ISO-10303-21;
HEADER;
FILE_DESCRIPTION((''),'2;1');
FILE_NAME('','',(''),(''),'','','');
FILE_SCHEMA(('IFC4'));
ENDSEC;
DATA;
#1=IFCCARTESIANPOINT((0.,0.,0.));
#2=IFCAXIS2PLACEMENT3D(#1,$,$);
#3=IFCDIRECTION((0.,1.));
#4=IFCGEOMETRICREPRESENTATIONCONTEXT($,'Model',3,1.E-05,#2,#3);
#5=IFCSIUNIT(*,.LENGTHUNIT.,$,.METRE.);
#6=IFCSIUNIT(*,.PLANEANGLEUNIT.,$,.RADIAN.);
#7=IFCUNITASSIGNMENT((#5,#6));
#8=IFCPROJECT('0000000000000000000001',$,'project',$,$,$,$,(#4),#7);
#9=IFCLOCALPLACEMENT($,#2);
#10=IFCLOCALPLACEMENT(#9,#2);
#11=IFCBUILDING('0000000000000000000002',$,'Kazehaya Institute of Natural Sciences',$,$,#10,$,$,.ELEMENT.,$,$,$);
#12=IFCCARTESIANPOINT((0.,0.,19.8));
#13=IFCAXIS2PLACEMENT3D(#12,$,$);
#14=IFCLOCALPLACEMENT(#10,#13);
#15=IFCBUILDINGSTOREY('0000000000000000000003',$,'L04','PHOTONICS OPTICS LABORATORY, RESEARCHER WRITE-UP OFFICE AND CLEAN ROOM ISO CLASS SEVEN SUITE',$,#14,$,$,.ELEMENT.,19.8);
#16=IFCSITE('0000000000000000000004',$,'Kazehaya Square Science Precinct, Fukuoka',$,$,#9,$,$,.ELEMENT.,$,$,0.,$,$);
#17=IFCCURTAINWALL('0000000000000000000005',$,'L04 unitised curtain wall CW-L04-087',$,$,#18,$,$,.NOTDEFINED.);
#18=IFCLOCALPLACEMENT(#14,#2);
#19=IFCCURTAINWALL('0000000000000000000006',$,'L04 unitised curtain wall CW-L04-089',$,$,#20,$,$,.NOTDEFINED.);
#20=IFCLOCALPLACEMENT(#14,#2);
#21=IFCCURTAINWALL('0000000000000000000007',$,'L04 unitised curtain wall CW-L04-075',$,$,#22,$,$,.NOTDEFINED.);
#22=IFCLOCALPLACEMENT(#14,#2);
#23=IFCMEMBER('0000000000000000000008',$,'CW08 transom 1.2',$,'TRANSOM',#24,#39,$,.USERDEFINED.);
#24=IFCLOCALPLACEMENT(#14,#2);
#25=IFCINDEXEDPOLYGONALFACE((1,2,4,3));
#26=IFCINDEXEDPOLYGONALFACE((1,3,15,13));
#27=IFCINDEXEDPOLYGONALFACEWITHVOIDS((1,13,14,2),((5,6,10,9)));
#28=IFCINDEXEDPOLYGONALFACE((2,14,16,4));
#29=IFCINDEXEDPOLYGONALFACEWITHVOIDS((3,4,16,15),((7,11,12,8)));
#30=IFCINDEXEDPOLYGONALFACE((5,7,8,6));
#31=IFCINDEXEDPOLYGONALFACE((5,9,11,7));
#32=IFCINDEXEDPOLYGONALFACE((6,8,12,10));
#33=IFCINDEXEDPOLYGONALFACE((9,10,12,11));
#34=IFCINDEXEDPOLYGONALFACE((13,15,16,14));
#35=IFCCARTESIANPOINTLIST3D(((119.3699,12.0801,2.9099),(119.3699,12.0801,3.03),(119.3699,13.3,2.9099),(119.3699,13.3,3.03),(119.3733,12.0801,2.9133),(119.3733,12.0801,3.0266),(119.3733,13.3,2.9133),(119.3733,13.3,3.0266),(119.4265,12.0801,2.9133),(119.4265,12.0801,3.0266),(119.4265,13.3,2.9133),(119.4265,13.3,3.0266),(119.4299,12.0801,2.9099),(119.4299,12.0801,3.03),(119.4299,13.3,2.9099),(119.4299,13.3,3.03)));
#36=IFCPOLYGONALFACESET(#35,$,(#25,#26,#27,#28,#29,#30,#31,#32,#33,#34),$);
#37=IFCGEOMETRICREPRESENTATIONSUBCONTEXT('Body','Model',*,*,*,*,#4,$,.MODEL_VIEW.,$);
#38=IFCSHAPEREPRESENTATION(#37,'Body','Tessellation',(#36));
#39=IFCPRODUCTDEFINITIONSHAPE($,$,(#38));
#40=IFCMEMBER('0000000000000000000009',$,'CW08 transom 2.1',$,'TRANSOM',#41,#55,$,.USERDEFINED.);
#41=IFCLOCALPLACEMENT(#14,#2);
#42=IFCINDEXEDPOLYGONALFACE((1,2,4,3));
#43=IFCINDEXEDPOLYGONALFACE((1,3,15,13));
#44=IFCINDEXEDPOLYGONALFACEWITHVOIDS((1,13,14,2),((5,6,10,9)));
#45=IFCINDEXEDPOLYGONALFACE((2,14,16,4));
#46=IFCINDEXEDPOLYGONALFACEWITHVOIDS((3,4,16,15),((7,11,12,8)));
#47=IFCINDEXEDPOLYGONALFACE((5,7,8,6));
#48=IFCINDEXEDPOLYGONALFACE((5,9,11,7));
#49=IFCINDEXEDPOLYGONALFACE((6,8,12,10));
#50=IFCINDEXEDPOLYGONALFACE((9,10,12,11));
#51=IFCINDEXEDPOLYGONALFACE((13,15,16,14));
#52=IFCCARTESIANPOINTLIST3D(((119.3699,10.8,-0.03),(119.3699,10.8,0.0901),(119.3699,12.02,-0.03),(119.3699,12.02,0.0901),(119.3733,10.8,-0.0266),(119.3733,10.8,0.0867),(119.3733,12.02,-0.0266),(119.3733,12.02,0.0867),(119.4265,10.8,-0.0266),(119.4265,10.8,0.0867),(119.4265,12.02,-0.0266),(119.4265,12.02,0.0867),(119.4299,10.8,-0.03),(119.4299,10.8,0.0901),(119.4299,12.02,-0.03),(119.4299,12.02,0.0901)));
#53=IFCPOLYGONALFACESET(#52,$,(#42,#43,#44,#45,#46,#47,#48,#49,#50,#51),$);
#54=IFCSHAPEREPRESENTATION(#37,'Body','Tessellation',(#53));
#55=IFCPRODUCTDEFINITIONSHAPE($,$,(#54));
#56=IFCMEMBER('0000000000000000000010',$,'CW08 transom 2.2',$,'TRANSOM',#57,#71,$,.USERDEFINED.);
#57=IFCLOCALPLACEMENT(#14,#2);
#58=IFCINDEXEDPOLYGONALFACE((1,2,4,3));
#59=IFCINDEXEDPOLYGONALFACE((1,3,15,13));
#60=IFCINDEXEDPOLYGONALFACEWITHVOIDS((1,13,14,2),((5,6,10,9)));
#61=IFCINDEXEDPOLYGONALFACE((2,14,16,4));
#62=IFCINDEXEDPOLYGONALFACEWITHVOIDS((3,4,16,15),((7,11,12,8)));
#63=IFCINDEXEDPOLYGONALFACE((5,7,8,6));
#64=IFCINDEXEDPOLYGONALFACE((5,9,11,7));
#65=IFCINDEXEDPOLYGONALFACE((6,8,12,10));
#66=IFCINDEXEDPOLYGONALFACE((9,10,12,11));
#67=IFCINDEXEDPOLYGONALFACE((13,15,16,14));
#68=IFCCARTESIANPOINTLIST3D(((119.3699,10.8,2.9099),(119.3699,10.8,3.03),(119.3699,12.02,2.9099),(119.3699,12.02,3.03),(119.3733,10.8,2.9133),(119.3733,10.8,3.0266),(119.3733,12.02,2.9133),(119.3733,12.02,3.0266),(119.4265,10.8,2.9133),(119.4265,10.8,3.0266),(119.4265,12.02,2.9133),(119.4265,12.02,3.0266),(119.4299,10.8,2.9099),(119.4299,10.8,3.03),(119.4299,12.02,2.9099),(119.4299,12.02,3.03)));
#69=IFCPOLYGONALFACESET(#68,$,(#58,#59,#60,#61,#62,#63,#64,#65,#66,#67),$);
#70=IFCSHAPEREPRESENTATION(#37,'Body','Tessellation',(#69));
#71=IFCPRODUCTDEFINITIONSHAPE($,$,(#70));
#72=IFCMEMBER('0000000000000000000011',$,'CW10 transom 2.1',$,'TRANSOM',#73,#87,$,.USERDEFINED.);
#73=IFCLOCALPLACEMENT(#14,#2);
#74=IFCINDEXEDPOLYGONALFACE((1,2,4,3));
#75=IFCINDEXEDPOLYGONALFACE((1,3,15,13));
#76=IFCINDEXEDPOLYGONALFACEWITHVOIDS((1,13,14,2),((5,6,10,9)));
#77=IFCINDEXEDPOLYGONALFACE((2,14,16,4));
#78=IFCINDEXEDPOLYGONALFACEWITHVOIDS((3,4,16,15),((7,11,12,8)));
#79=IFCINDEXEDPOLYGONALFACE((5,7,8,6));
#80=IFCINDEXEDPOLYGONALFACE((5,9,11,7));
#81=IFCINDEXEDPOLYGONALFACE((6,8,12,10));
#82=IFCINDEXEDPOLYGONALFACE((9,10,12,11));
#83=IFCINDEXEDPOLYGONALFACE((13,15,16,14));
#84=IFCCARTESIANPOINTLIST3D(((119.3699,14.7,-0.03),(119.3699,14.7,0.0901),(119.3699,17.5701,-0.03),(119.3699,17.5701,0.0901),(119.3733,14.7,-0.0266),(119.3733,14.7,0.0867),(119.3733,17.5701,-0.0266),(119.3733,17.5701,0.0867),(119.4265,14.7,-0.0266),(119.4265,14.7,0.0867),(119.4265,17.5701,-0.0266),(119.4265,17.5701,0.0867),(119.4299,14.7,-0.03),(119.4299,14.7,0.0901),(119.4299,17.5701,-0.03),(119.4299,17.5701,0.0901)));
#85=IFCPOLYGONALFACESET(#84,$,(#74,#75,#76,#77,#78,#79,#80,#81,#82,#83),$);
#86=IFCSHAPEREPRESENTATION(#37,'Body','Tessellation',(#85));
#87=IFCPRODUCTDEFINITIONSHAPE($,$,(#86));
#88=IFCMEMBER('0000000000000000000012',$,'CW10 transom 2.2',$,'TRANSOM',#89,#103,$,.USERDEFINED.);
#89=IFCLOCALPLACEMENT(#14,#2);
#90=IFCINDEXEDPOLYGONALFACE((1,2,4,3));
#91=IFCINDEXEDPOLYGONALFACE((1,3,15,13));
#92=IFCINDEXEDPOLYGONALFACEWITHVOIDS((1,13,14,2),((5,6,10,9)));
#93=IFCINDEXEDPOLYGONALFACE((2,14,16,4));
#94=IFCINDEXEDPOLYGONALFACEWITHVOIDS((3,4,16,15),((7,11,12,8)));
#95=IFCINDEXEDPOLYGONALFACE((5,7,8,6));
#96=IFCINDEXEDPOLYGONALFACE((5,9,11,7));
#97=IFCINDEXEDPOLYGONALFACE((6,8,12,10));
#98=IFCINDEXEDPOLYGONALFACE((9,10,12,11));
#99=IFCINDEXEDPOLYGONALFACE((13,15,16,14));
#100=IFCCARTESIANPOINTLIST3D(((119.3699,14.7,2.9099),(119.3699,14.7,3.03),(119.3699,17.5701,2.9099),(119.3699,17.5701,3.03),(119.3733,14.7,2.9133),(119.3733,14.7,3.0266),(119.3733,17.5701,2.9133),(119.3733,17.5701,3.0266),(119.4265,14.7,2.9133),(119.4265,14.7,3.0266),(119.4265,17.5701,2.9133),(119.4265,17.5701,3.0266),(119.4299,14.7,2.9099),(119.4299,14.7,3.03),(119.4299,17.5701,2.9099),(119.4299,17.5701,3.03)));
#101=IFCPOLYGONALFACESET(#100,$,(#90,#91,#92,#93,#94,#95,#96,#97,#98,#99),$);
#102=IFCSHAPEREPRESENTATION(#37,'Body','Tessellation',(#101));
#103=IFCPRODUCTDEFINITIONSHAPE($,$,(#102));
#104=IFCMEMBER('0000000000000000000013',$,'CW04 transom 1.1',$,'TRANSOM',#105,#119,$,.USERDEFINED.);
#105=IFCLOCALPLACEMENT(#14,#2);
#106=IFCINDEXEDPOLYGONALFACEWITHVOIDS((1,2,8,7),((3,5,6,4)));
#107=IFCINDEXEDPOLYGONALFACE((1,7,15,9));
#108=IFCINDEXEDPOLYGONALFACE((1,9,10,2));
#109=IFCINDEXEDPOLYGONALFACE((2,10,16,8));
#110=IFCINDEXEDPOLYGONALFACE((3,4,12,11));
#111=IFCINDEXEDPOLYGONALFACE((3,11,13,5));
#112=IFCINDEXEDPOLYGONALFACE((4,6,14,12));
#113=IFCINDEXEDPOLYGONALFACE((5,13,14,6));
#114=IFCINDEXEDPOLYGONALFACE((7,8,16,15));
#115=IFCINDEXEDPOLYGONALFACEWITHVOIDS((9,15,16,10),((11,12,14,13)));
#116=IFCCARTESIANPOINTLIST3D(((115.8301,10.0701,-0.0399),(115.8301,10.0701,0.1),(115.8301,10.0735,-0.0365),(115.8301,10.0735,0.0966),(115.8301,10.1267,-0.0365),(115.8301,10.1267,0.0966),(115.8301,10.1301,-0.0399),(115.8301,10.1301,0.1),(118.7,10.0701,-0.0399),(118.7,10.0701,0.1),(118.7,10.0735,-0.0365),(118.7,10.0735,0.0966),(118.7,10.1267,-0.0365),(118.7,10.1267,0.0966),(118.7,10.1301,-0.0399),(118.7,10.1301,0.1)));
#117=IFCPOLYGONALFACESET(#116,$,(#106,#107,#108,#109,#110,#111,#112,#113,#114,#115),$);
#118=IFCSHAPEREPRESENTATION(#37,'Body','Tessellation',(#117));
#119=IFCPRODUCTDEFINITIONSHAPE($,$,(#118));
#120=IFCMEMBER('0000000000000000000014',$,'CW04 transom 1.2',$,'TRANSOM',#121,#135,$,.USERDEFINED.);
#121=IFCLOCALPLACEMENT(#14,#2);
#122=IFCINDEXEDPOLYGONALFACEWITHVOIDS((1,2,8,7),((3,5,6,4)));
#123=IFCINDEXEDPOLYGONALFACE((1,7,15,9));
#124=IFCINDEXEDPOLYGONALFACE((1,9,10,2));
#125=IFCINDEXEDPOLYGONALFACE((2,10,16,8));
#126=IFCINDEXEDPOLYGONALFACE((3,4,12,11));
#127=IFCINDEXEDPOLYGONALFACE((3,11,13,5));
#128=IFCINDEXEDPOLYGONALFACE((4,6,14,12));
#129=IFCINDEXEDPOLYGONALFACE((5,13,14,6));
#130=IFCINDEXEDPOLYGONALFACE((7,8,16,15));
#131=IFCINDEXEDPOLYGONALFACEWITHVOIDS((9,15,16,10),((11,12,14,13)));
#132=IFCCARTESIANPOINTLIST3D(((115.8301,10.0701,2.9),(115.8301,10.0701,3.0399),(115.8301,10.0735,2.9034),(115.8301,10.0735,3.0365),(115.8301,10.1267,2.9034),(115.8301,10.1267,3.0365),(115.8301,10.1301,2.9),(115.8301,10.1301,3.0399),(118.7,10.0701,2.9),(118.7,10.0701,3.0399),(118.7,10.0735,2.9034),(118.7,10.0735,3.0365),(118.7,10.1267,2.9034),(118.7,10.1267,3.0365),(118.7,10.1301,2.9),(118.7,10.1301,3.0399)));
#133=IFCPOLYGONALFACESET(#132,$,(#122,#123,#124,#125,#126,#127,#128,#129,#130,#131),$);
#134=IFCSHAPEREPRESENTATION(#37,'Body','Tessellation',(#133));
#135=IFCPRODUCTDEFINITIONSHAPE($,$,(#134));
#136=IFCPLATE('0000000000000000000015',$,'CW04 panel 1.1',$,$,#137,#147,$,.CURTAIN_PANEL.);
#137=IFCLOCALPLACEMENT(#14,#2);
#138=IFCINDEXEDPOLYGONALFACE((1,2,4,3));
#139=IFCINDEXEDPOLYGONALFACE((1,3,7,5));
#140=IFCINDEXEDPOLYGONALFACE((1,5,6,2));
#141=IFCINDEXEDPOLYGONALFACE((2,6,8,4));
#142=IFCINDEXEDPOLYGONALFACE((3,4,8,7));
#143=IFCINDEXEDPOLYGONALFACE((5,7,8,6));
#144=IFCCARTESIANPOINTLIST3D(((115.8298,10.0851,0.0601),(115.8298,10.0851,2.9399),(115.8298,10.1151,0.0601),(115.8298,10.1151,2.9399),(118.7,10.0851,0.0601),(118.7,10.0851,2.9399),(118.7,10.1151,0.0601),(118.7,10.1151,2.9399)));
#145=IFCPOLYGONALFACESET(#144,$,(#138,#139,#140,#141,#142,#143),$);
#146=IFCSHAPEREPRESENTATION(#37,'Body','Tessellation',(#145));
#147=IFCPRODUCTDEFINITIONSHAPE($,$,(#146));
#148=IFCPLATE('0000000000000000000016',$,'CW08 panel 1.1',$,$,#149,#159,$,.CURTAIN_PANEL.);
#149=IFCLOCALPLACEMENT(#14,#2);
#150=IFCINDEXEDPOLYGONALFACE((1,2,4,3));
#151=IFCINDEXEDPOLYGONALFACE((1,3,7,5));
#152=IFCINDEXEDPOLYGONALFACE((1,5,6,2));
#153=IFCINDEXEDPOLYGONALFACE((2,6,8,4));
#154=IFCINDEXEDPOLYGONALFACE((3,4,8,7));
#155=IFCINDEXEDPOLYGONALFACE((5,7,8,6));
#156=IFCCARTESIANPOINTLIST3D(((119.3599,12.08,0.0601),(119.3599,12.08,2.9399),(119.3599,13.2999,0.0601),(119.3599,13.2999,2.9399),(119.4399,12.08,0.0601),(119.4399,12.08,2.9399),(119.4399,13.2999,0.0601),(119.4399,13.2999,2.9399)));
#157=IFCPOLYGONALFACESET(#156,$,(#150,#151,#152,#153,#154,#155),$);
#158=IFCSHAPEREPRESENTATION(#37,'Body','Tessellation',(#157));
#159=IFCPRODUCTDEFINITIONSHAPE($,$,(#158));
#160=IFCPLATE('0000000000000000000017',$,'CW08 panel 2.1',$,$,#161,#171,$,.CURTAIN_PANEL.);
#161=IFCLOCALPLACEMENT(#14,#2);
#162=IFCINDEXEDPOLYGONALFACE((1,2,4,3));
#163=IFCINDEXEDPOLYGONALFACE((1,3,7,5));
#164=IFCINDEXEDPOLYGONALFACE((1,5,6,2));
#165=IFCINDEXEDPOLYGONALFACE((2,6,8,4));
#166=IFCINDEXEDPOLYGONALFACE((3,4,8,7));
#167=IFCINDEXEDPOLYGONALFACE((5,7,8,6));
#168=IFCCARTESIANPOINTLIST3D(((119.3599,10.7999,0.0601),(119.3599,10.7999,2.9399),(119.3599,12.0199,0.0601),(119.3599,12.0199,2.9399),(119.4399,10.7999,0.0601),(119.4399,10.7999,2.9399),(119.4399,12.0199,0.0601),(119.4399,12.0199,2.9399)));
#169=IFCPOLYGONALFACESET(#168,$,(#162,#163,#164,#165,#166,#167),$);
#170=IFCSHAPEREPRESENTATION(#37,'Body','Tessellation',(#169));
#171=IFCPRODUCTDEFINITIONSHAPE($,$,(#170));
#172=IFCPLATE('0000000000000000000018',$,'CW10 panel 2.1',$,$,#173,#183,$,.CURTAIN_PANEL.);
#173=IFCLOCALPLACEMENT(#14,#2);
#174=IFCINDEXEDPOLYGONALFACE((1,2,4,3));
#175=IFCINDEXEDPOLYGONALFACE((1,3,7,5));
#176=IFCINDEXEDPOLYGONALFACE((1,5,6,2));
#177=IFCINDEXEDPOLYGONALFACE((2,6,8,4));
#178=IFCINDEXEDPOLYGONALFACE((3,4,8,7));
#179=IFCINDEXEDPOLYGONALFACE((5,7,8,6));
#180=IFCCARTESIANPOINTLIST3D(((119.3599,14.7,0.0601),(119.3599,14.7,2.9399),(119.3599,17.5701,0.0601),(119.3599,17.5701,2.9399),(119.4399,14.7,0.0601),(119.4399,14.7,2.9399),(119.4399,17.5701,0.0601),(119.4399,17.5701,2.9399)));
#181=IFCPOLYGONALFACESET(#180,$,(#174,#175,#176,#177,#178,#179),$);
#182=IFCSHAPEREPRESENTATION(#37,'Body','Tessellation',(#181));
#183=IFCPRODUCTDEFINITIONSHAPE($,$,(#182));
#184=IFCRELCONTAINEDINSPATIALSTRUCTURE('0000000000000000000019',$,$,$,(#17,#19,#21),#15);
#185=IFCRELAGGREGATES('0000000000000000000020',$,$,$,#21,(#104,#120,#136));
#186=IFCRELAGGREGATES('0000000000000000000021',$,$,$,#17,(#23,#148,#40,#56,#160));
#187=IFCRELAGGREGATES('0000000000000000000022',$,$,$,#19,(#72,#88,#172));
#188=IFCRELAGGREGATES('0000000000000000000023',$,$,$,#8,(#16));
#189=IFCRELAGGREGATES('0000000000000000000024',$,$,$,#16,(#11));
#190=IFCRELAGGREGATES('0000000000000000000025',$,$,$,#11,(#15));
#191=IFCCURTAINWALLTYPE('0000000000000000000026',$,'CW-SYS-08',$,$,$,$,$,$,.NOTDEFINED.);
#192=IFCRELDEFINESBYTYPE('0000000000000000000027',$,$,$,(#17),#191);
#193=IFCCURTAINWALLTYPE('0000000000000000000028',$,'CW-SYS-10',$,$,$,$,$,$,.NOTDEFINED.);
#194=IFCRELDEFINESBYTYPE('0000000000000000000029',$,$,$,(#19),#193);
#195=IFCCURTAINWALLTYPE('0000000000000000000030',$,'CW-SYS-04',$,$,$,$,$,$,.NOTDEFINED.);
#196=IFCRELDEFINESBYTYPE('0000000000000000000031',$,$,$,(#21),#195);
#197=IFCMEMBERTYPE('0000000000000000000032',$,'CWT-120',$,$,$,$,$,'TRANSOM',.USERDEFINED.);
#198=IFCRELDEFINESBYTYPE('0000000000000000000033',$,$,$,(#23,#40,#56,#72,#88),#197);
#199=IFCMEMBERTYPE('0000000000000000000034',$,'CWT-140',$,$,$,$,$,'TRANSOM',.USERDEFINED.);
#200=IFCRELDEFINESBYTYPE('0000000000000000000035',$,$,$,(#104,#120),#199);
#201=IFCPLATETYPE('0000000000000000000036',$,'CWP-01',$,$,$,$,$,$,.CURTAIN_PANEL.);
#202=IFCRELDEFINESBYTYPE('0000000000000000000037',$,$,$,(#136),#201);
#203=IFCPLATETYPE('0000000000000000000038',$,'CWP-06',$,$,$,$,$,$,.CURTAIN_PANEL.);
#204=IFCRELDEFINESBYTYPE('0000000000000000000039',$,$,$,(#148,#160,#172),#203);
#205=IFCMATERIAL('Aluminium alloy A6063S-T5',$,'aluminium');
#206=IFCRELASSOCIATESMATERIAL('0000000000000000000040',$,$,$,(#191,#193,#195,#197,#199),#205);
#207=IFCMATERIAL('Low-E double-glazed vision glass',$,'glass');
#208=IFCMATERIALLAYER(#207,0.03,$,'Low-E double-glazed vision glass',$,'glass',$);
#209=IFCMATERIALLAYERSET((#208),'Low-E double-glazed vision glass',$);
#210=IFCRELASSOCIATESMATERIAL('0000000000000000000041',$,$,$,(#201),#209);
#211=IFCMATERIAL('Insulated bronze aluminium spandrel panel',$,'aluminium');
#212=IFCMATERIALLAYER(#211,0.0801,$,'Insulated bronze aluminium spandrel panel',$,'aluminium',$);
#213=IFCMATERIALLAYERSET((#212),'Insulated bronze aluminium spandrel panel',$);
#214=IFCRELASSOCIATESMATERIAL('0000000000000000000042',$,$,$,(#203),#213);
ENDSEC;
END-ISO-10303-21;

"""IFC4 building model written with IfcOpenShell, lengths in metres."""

from ifc_helpers import new_model, si_unit, direction, frame, origin, origin_2d, place, context, subcontext, project, spatial, rectangle, hollow_rectangle, extrude, material, layer, layer_set, material_profile, profile_set, type_object, element, aggregate, save


model = new_model("IFC4")

# Units and contexts
model_context = context("Model", 3, precision=1e-05, world=origin(), true_north=direction((0.0, 1.0)))
body_context = subcontext(model_context, "Body", "Model", "MODEL_VIEW")
ifc_project = project(units=[si_unit("LENGTHUNIT", "METRE"), si_unit("PLANEANGLEUNIT", "RADIAN")], contexts=[model_context])

# Site, building, storey
site_placement = place(None, origin())
site = spatial("IfcSite", under=ifc_project, at=site_placement, Name="Kazehaya Square Science Precinct, Fukuoka", CompositionType="ELEMENT", RefElevation=0.0)
building_placement = place(site_placement, origin())
building = spatial("IfcBuilding", under=site, at=building_placement, Name="Kazehaya Institute of Natural Sciences", CompositionType="ELEMENT")
storey_placement = place(building_placement, frame((0.0, 0.0, 19.8)))
storey = spatial("IfcBuildingStorey", under=building, at=storey_placement, Name="L04", Description="PHOTONICS OPTICS LABORATORY, RESEARCHER WRITE-UP OFFICE AND CLEAN ROOM ISO CLASS SEVEN SUITE", CompositionType="ELEMENT", Elevation=19.8)

# Curtain wall
ifc_material_1 = material(Name="Aluminium alloy A6063S-T5", Category="aluminium")
curtain_wall_type_1 = type_object("IfcCurtainWallType", Name="CW-SYS-08", PredefinedType="NOTDEFINED", material=ifc_material_1)
curtain_wall_1_placement = place(storey_placement, origin())
curtain_wall_1 = element("IfcCurtainWall", 1, at=curtain_wall_1_placement, inside=storey, type_object=curtain_wall_type_1, Name="L04 unitised curtain wall CW-L04-087", PredefinedType="NOTDEFINED")

# Curtain wall
curtain_wall_type_2 = type_object("IfcCurtainWallType", Name="CW-SYS-10", PredefinedType="NOTDEFINED", material=ifc_material_1)
curtain_wall_2_placement = place(storey_placement, origin())
curtain_wall_2 = element("IfcCurtainWall", 2, at=curtain_wall_2_placement, inside=storey, type_object=curtain_wall_type_2, Name="L04 unitised curtain wall CW-L04-089", PredefinedType="NOTDEFINED")

# Curtain wall
curtain_wall_type_3 = type_object("IfcCurtainWallType", Name="CW-SYS-04", PredefinedType="NOTDEFINED", material=ifc_material_1)
curtain_wall_3_placement = place(storey_placement, origin())
curtain_wall_3 = element("IfcCurtainWall", 3, at=curtain_wall_3_placement, inside=storey, type_object=curtain_wall_type_3, Name="L04 unitised curtain wall CW-L04-075", PredefinedType="NOTDEFINED")

# Members
ifc_material_profile_1 = material_profile(ifc_material_1, hollow_rectangle(XDim=0.0601, YDim=0.1201, WallThickness=0.0034, at=origin_2d()), Name="ALU-60x120x3.5")
ifc_profile_set_1 = profile_set([ifc_material_profile_1], Name="Aluminium alloy A6063S-T5")
member_type_1 = type_object("IfcMemberType", Name="CWT-120", ElementType="TRANSOM", PredefinedType="USERDEFINED", material=ifc_profile_set_1)
member_1_placement = place(storey_placement, frame((119.3999, 13.3, 2.97), z_axis=(0.0, -1.0, 0.0), x_axis=(1.0, 0.0, 0.0)))
member_1 = element("IfcMember", 4, at=member_1_placement, type_object=member_type_1, Name="CW08 transom 1.2", ObjectType="TRANSOM", PredefinedType="USERDEFINED", context=body_context, shape_type="SweptSolid", body=[
    extrude(hollow_rectangle(XDim=0.0601, YDim=0.1201, WallThickness=0.0034, at=origin_2d()), origin(), (0.0, 0.0, 1.0), 1.22),
])
member_2_placement = place(storey_placement, frame((119.3999, 12.02, 0.03), z_axis=(0.0, -1.0, 0.0), x_axis=(1.0, 0.0, 0.0)))
member_2 = element("IfcMember", 5, at=member_2_placement, type_object=member_type_1, Name="CW08 transom 2.1", ObjectType="TRANSOM", PredefinedType="USERDEFINED", context=body_context, shape_type="SweptSolid", body=[
    extrude(hollow_rectangle(XDim=0.0601, YDim=0.1201, WallThickness=0.0034, at=origin_2d()), origin(), (0.0, 0.0, 1.0), 1.22),
])
member_3_placement = place(storey_placement, frame((119.3999, 12.02, 2.97), z_axis=(0.0, -1.0, 0.0), x_axis=(1.0, 0.0, 0.0)))
member_3 = element("IfcMember", 6, at=member_3_placement, type_object=member_type_1, Name="CW08 transom 2.2", ObjectType="TRANSOM", PredefinedType="USERDEFINED", context=body_context, shape_type="SweptSolid", body=[
    extrude(hollow_rectangle(XDim=0.0601, YDim=0.1201, WallThickness=0.0034, at=origin_2d()), origin(), (0.0, 0.0, 1.0), 1.22),
])
member_4_placement = place(storey_placement, frame((119.3999, 17.5701, 0.03), z_axis=(0.0, -1.0, 0.0), x_axis=(1.0, 0.0, 0.0)))
member_4 = element("IfcMember", 7, at=member_4_placement, type_object=member_type_1, Name="CW10 transom 2.1", ObjectType="TRANSOM", PredefinedType="USERDEFINED", context=body_context, shape_type="SweptSolid", body=[
    extrude(hollow_rectangle(XDim=0.0601, YDim=0.1201, WallThickness=0.0034, at=origin_2d()), origin(), (0.0, 0.0, 1.0), 2.8701),
])
member_5_placement = place(storey_placement, frame((119.3999, 17.5701, 2.97), z_axis=(0.0, -1.0, 0.0), x_axis=(1.0, 0.0, 0.0)))
member_5 = element("IfcMember", 8, at=member_5_placement, type_object=member_type_1, Name="CW10 transom 2.2", ObjectType="TRANSOM", PredefinedType="USERDEFINED", context=body_context, shape_type="SweptSolid", body=[
    extrude(hollow_rectangle(XDim=0.0601, YDim=0.1201, WallThickness=0.0034, at=origin_2d()), origin(), (0.0, 0.0, 1.0), 2.8701),
])
ifc_material_profile_2 = material_profile(ifc_material_1, hollow_rectangle(XDim=0.0601, YDim=0.1399, WallThickness=0.0034, at=origin_2d()), Name="ALU-60x140x3.5")
ifc_profile_set_2 = profile_set([ifc_material_profile_2], Name="Aluminium alloy A6063S-T5")
member_type_2 = type_object("IfcMemberType", Name="CWT-140", ElementType="TRANSOM", PredefinedType="USERDEFINED", material=ifc_profile_set_2)
member_6_placement = place(storey_placement, frame((118.7, 10.1001, 0.03), z_axis=(-1.0, 0.0, 0.0), x_axis=(0.0, -1.0, 0.0)))
member_6 = element("IfcMember", 9, at=member_6_placement, type_object=member_type_2, Name="CW04 transom 1.1", ObjectType="TRANSOM", PredefinedType="USERDEFINED", context=body_context, shape_type="SweptSolid", body=[
    extrude(hollow_rectangle(XDim=0.0601, YDim=0.1399, WallThickness=0.0034, at=origin_2d()), origin(), (0.0, 0.0, 1.0), 2.8699),
])
member_7_placement = place(storey_placement, frame((118.7, 10.1001, 2.97), z_axis=(-1.0, 0.0, 0.0), x_axis=(0.0, -1.0, 0.0)))
member_7 = element("IfcMember", 10, at=member_7_placement, type_object=member_type_2, Name="CW04 transom 1.2", ObjectType="TRANSOM", PredefinedType="USERDEFINED", context=body_context, shape_type="SweptSolid", body=[
    extrude(hollow_rectangle(XDim=0.0601, YDim=0.1399, WallThickness=0.0034, at=origin_2d()), origin(), (0.0, 0.0, 1.0), 2.8699),
])

# Plates
ifc_material_2 = material(Name="Low-E double-glazed vision glass", Category="glass")
ifc_layer_1 = layer(ifc_material_2, 0.03, Name="Low-E double-glazed vision glass", Category="glass")
ifc_layer_set_1 = layer_set([ifc_layer_1], Name="Low-E double-glazed vision glass")
plate_type_1 = type_object("IfcPlateType", Name="CWP-01", PredefinedType="CURTAIN_PANEL", material=ifc_layer_set_1)
plate_1_placement = place(storey_placement, frame((117.2649, 10.1001, 0.0601), z_axis=(0.0, 0.0, 1.0), x_axis=(-1.0, 0.0, 0.0)))
plate_1 = element("IfcPlate", 11, at=plate_1_placement, type_object=plate_type_1, Name="CW04 panel 1.1", PredefinedType="CURTAIN_PANEL", context=body_context, shape_type="SweptSolid", body=[
    extrude(rectangle(XDim=2.8701, YDim=0.03, at=origin_2d()), origin(), (0.0, 0.0, 1.0), 2.8799),
])
aggregate(curtain_wall_3, [member_6, member_7, plate_1])
ifc_material_3 = material(Name="Insulated bronze aluminium spandrel panel", Category="aluminium")
ifc_layer_2 = layer(ifc_material_3, 0.0801, Name="Insulated bronze aluminium spandrel panel", Category="aluminium")
ifc_layer_set_2 = layer_set([ifc_layer_2], Name="Insulated bronze aluminium spandrel panel")
plate_type_2 = type_object("IfcPlateType", Name="CWP-06", PredefinedType="CURTAIN_PANEL", material=ifc_layer_set_2)
plate_2_placement = place(storey_placement, frame((119.3999, 12.6899, 0.0601), z_axis=(0.0, 0.0, 1.0), x_axis=(0.0, -1.0, 0.0)))
plate_2 = element("IfcPlate", 12, at=plate_2_placement, type_object=plate_type_2, Name="CW08 panel 1.1", PredefinedType="CURTAIN_PANEL", context=body_context, shape_type="SweptSolid", body=[
    extrude(rectangle(XDim=1.22, YDim=0.0801, at=origin_2d()), origin(), (0.0, 0.0, 1.0), 2.8799),
])
plate_3_placement = place(storey_placement, frame((119.3999, 11.4099, 0.0601), z_axis=(0.0, 0.0, 1.0), x_axis=(0.0, -1.0, 0.0)))
plate_3 = element("IfcPlate", 13, at=plate_3_placement, type_object=plate_type_2, Name="CW08 panel 2.1", PredefinedType="CURTAIN_PANEL", context=body_context, shape_type="SweptSolid", body=[
    extrude(rectangle(XDim=1.22, YDim=0.0801, at=origin_2d()), origin(), (0.0, 0.0, 1.0), 2.8799),
])
aggregate(curtain_wall_1, [member_1, plate_2, member_2, member_3, plate_3])
plate_4_placement = place(storey_placement, frame((119.3999, 16.135, 0.0601), z_axis=(0.0, 0.0, 1.0), x_axis=(0.0, -1.0, 0.0)))
plate_4 = element("IfcPlate", 14, at=plate_4_placement, type_object=plate_type_2, Name="CW10 panel 2.1", PredefinedType="CURTAIN_PANEL", context=body_context, shape_type="SweptSolid", body=[
    extrude(rectangle(XDim=2.8701, YDim=0.0801, at=origin_2d()), origin(), (0.0, 0.0, 1.0), 2.8799),
])
aggregate(curtain_wall_2, [member_4, member_5, plate_4])

save(model, "model.ifc")
